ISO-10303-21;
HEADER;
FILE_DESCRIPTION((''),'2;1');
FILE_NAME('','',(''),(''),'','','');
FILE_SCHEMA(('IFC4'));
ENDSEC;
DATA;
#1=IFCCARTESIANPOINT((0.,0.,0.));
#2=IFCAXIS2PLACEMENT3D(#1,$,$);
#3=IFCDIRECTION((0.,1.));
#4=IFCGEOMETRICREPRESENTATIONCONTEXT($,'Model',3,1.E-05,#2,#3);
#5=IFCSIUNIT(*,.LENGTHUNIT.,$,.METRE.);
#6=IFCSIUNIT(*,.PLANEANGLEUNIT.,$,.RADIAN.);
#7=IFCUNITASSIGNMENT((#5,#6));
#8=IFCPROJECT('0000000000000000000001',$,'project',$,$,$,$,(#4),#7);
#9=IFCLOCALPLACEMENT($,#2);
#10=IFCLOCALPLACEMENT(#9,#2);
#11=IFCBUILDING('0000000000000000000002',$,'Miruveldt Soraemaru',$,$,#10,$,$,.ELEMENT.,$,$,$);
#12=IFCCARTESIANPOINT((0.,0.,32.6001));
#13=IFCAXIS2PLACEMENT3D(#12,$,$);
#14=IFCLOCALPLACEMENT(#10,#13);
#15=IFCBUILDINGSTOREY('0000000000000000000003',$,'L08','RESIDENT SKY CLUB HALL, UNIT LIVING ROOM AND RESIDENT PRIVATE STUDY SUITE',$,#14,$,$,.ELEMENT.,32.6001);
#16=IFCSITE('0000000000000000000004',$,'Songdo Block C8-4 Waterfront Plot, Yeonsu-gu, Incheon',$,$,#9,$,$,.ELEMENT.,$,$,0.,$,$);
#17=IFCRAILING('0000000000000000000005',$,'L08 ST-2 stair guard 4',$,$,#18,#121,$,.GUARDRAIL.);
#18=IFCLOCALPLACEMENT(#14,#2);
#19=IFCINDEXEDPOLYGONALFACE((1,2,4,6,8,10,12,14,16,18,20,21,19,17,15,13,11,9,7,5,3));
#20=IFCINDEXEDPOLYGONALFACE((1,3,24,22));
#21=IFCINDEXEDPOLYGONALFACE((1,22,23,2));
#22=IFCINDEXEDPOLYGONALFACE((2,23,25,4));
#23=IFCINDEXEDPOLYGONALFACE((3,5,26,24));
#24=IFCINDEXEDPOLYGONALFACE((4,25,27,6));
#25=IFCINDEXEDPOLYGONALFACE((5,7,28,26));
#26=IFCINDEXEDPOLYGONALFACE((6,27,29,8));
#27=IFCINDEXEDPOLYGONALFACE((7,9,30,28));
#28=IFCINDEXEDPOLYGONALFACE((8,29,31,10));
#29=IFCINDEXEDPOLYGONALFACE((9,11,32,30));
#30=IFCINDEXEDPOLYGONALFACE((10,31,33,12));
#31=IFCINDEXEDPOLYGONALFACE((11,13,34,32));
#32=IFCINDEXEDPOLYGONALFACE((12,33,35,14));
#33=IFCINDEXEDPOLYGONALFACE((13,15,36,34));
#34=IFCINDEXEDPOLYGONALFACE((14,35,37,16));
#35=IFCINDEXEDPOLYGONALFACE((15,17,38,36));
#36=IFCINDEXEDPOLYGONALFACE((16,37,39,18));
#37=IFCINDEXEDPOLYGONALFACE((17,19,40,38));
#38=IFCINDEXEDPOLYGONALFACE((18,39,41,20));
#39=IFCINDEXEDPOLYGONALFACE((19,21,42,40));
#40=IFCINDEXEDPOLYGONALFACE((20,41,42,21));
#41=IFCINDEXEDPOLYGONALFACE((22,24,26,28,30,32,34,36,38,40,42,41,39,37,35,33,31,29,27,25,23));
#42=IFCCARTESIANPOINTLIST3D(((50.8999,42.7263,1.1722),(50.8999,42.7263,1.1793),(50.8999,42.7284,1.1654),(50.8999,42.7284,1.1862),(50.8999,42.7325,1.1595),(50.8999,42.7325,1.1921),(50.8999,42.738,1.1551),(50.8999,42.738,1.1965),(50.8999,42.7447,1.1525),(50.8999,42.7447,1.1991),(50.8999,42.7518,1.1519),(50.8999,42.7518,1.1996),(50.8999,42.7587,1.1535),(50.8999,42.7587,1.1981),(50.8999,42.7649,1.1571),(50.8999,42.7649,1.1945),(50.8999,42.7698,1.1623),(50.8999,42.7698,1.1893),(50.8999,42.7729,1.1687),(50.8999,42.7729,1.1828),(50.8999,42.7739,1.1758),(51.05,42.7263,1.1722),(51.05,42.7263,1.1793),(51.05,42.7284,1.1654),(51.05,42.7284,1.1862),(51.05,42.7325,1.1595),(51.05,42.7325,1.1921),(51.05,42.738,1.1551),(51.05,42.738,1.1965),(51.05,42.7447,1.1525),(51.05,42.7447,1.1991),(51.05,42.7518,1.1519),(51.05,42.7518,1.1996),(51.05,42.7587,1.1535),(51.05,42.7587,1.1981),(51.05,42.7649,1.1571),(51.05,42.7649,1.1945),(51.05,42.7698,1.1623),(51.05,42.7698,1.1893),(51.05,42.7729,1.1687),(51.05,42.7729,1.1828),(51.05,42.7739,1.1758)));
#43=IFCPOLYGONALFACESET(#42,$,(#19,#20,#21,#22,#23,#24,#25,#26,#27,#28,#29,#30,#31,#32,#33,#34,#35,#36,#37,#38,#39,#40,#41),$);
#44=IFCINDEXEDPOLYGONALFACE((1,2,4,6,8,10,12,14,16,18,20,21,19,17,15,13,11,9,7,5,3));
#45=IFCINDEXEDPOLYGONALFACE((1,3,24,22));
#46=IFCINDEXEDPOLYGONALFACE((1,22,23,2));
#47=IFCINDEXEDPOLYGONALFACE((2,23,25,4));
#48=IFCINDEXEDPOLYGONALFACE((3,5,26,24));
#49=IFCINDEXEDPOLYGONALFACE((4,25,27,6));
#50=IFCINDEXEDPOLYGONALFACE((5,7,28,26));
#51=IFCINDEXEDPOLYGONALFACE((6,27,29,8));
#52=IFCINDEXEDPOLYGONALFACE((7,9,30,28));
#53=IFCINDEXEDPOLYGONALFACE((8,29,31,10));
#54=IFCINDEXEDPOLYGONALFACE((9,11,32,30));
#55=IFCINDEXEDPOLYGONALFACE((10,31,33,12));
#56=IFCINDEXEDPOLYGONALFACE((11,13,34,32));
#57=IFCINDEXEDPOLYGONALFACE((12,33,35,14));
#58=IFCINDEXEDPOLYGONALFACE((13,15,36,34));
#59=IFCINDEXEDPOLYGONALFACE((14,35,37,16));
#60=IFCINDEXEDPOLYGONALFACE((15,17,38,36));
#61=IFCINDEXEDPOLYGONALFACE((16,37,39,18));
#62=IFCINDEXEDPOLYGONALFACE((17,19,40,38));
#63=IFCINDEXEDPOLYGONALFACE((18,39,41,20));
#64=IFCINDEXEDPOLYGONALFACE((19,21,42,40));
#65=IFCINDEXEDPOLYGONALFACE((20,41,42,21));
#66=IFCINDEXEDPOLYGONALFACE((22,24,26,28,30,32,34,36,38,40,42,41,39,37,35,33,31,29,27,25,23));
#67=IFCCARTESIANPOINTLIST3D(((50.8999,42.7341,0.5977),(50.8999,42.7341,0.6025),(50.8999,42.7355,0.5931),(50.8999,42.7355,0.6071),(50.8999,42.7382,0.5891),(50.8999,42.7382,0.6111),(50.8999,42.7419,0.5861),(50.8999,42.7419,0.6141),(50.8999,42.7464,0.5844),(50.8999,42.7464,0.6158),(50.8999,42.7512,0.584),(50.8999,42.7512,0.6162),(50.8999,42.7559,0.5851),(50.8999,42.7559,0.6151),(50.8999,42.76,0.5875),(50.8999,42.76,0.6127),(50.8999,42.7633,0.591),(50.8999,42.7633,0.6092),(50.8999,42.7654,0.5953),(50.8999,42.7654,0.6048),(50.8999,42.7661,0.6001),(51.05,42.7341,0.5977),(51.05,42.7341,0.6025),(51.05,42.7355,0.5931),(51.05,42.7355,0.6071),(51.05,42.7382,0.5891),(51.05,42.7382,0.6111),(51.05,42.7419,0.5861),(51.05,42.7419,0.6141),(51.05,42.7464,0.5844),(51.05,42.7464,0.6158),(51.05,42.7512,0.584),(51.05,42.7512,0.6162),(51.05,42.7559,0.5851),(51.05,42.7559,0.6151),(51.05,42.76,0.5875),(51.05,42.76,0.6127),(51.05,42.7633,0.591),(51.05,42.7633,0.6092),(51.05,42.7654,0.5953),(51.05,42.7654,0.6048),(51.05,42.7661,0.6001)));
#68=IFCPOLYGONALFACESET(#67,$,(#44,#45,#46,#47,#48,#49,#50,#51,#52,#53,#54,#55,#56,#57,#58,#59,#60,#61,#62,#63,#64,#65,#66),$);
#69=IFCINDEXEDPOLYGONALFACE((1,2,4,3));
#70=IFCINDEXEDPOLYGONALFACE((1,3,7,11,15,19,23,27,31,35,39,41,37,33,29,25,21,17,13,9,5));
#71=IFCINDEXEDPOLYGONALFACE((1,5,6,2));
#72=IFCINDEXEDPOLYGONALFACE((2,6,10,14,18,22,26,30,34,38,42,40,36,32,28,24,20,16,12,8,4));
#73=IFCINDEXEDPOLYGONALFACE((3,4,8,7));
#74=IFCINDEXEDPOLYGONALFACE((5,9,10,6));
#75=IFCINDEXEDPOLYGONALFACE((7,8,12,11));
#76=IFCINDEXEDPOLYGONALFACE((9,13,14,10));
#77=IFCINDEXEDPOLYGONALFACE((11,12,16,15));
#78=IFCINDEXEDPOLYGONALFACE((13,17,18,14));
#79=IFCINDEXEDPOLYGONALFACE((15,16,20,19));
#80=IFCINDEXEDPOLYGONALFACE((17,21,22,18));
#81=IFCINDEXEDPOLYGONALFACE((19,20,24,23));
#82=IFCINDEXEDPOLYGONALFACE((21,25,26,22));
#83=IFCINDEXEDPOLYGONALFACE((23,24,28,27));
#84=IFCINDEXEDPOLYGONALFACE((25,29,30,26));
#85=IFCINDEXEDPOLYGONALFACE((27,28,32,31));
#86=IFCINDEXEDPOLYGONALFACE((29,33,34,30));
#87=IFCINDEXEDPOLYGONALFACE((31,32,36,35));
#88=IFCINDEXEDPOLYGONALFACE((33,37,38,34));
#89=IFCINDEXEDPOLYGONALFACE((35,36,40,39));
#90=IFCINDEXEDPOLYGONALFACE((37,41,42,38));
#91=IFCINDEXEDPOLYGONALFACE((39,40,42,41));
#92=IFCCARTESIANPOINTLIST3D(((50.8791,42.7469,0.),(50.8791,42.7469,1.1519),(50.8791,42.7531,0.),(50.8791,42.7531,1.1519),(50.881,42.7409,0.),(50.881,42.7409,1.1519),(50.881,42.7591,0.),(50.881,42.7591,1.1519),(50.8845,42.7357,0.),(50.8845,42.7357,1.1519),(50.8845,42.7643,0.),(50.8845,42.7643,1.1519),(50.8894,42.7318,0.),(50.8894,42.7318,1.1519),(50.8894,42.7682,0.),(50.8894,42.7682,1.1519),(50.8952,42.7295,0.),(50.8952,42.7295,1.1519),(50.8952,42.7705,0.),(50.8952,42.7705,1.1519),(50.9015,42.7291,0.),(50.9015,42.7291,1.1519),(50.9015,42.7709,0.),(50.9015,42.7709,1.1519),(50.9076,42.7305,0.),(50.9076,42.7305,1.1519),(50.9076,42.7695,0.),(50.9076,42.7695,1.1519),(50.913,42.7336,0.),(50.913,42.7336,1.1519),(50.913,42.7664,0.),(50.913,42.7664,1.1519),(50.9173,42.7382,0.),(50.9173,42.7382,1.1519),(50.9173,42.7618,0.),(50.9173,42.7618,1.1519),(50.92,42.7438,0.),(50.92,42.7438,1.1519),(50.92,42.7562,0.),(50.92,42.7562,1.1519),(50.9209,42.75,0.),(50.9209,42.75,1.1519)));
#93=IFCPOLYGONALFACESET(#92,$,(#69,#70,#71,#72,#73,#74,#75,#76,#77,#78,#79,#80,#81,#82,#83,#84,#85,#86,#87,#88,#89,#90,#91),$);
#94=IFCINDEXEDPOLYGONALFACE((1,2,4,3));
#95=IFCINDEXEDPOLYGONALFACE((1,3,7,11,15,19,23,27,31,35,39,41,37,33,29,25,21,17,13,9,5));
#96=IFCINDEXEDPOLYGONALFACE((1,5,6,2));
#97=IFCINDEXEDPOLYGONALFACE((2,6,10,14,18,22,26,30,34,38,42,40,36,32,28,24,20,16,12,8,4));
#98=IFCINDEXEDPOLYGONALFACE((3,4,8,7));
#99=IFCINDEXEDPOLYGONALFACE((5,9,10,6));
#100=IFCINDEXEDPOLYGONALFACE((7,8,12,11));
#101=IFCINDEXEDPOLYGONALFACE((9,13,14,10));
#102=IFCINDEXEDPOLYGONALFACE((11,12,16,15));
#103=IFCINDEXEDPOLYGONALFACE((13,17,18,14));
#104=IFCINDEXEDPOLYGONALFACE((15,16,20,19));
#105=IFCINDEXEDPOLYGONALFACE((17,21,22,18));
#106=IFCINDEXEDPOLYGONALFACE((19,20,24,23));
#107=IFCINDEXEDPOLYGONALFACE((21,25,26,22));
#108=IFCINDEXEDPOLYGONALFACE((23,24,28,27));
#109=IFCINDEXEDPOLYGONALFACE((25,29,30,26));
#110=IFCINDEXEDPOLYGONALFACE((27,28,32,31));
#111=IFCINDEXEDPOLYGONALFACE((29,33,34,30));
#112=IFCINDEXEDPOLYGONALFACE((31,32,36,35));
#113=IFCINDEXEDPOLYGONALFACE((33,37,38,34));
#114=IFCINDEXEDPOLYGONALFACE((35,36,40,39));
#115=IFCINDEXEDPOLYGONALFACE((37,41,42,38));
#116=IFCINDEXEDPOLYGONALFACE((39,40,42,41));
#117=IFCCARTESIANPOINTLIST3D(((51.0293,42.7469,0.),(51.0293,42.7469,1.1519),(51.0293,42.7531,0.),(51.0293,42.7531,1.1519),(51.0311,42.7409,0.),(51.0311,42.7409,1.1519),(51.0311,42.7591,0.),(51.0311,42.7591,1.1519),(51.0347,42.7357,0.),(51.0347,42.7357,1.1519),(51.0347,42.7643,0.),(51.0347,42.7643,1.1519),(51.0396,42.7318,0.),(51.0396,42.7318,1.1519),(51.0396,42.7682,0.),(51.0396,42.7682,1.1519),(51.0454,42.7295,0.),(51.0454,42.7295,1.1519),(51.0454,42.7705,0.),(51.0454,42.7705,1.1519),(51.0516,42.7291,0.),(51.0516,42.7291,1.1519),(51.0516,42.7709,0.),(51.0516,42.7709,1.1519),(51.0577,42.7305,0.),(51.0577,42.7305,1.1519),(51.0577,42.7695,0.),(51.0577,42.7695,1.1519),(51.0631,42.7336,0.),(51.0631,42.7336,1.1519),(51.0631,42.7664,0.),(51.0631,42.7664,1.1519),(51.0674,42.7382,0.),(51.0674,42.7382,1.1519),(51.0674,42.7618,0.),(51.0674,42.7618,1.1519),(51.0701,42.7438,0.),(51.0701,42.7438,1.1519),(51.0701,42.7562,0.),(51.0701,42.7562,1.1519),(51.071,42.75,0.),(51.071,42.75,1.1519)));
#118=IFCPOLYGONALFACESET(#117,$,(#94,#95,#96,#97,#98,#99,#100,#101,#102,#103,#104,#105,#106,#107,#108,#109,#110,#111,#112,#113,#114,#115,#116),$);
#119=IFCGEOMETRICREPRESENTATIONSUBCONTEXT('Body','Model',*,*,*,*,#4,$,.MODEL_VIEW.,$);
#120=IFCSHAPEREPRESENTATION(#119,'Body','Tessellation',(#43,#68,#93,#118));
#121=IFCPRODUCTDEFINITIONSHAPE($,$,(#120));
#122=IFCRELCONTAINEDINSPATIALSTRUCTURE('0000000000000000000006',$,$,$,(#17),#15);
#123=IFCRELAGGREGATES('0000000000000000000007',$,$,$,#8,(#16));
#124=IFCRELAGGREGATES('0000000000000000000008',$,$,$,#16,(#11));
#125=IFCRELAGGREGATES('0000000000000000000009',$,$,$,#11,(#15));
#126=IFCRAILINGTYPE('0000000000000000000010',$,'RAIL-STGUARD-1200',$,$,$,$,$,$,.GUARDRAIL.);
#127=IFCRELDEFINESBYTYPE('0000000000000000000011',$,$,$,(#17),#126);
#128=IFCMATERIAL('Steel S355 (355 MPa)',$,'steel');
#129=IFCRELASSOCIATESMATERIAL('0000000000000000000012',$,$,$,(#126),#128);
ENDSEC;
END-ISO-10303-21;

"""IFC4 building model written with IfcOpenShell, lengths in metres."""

from ifc_helpers import new_model, si_unit, direction, frame, origin, origin_2d, place, context, subcontext, project, spatial, circle, extrude, material, type_object, element, save


model = new_model("IFC4")

# Units and contexts
model_context = context("Model", 3, precision=1e-05, world=origin(), true_north=direction((0.0, 1.0)))
body_context = subcontext(model_context, "Body", "Model", "MODEL_VIEW")
ifc_project = project(units=[si_unit("LENGTHUNIT", "METRE"), si_unit("PLANEANGLEUNIT", "RADIAN")], contexts=[model_context])

# Site, building, storey
site_placement = place(None, origin())
site = spatial("IfcSite", under=ifc_project, at=site_placement, Name="Songdo Block C8-4 Waterfront Plot, Yeonsu-gu, Incheon", CompositionType="ELEMENT", RefElevation=0.0)
building_placement = place(site_placement, origin())
building = spatial("IfcBuilding", under=site, at=building_placement, Name="Miruveldt Soraemaru", CompositionType="ELEMENT")
storey_placement = place(building_placement, frame((0.0, 0.0, 32.6001)))
storey = spatial("IfcBuildingStorey", under=building, at=storey_placement, Name="L08", Description="RESIDENT SKY CLUB HALL, UNIT LIVING ROOM AND RESIDENT PRIVATE STUDY SUITE", CompositionType="ELEMENT", Elevation=32.6001)

# Railing
ifc_material_1 = material(Name="Steel S355 (355 MPa)", Category="steel")
railing_type_1 = type_object("IfcRailingType", Name="RAIL-STGUARD-1200", PredefinedType="GUARDRAIL", material=ifc_material_1)
railing_1_placement = place(storey_placement, frame((50.8999, 42.75, 0.0)))
element("IfcRailing", 1, at=railing_1_placement, inside=storey, type_object=railing_type_1, Name="L08 ST-2 stair guard 4", PredefinedType="GUARDRAIL", context=body_context, shape_type="SweptSolid", body=[
    extrude(circle(Radius=0.0239, at=origin_2d()), frame((0.0, 0.0, 1.1758), z_axis=(1.0, 0.0, 0.0), x_axis=(0.0, 1.0, 0.0)), (0.0, 0.0, 1.0), 0.1501),
    extrude(circle(Radius=0.0161, at=origin_2d()), frame((0.0, 0.0, 0.6001), z_axis=(1.0, 0.0, 0.0), x_axis=(0.0, 1.0, 0.0)), (0.0, 0.0, 1.0), 0.1501),
    extrude(circle(Radius=0.021, at=origin_2d()), origin(), (0.0, 0.0, 1.0), 1.1519),
    extrude(circle(Radius=0.021, at=origin_2d()), frame((0.1501, 0.0, 0.0)), (0.0, 0.0, 1.0), 1.1519),
])

save(model, "model.ifc")
